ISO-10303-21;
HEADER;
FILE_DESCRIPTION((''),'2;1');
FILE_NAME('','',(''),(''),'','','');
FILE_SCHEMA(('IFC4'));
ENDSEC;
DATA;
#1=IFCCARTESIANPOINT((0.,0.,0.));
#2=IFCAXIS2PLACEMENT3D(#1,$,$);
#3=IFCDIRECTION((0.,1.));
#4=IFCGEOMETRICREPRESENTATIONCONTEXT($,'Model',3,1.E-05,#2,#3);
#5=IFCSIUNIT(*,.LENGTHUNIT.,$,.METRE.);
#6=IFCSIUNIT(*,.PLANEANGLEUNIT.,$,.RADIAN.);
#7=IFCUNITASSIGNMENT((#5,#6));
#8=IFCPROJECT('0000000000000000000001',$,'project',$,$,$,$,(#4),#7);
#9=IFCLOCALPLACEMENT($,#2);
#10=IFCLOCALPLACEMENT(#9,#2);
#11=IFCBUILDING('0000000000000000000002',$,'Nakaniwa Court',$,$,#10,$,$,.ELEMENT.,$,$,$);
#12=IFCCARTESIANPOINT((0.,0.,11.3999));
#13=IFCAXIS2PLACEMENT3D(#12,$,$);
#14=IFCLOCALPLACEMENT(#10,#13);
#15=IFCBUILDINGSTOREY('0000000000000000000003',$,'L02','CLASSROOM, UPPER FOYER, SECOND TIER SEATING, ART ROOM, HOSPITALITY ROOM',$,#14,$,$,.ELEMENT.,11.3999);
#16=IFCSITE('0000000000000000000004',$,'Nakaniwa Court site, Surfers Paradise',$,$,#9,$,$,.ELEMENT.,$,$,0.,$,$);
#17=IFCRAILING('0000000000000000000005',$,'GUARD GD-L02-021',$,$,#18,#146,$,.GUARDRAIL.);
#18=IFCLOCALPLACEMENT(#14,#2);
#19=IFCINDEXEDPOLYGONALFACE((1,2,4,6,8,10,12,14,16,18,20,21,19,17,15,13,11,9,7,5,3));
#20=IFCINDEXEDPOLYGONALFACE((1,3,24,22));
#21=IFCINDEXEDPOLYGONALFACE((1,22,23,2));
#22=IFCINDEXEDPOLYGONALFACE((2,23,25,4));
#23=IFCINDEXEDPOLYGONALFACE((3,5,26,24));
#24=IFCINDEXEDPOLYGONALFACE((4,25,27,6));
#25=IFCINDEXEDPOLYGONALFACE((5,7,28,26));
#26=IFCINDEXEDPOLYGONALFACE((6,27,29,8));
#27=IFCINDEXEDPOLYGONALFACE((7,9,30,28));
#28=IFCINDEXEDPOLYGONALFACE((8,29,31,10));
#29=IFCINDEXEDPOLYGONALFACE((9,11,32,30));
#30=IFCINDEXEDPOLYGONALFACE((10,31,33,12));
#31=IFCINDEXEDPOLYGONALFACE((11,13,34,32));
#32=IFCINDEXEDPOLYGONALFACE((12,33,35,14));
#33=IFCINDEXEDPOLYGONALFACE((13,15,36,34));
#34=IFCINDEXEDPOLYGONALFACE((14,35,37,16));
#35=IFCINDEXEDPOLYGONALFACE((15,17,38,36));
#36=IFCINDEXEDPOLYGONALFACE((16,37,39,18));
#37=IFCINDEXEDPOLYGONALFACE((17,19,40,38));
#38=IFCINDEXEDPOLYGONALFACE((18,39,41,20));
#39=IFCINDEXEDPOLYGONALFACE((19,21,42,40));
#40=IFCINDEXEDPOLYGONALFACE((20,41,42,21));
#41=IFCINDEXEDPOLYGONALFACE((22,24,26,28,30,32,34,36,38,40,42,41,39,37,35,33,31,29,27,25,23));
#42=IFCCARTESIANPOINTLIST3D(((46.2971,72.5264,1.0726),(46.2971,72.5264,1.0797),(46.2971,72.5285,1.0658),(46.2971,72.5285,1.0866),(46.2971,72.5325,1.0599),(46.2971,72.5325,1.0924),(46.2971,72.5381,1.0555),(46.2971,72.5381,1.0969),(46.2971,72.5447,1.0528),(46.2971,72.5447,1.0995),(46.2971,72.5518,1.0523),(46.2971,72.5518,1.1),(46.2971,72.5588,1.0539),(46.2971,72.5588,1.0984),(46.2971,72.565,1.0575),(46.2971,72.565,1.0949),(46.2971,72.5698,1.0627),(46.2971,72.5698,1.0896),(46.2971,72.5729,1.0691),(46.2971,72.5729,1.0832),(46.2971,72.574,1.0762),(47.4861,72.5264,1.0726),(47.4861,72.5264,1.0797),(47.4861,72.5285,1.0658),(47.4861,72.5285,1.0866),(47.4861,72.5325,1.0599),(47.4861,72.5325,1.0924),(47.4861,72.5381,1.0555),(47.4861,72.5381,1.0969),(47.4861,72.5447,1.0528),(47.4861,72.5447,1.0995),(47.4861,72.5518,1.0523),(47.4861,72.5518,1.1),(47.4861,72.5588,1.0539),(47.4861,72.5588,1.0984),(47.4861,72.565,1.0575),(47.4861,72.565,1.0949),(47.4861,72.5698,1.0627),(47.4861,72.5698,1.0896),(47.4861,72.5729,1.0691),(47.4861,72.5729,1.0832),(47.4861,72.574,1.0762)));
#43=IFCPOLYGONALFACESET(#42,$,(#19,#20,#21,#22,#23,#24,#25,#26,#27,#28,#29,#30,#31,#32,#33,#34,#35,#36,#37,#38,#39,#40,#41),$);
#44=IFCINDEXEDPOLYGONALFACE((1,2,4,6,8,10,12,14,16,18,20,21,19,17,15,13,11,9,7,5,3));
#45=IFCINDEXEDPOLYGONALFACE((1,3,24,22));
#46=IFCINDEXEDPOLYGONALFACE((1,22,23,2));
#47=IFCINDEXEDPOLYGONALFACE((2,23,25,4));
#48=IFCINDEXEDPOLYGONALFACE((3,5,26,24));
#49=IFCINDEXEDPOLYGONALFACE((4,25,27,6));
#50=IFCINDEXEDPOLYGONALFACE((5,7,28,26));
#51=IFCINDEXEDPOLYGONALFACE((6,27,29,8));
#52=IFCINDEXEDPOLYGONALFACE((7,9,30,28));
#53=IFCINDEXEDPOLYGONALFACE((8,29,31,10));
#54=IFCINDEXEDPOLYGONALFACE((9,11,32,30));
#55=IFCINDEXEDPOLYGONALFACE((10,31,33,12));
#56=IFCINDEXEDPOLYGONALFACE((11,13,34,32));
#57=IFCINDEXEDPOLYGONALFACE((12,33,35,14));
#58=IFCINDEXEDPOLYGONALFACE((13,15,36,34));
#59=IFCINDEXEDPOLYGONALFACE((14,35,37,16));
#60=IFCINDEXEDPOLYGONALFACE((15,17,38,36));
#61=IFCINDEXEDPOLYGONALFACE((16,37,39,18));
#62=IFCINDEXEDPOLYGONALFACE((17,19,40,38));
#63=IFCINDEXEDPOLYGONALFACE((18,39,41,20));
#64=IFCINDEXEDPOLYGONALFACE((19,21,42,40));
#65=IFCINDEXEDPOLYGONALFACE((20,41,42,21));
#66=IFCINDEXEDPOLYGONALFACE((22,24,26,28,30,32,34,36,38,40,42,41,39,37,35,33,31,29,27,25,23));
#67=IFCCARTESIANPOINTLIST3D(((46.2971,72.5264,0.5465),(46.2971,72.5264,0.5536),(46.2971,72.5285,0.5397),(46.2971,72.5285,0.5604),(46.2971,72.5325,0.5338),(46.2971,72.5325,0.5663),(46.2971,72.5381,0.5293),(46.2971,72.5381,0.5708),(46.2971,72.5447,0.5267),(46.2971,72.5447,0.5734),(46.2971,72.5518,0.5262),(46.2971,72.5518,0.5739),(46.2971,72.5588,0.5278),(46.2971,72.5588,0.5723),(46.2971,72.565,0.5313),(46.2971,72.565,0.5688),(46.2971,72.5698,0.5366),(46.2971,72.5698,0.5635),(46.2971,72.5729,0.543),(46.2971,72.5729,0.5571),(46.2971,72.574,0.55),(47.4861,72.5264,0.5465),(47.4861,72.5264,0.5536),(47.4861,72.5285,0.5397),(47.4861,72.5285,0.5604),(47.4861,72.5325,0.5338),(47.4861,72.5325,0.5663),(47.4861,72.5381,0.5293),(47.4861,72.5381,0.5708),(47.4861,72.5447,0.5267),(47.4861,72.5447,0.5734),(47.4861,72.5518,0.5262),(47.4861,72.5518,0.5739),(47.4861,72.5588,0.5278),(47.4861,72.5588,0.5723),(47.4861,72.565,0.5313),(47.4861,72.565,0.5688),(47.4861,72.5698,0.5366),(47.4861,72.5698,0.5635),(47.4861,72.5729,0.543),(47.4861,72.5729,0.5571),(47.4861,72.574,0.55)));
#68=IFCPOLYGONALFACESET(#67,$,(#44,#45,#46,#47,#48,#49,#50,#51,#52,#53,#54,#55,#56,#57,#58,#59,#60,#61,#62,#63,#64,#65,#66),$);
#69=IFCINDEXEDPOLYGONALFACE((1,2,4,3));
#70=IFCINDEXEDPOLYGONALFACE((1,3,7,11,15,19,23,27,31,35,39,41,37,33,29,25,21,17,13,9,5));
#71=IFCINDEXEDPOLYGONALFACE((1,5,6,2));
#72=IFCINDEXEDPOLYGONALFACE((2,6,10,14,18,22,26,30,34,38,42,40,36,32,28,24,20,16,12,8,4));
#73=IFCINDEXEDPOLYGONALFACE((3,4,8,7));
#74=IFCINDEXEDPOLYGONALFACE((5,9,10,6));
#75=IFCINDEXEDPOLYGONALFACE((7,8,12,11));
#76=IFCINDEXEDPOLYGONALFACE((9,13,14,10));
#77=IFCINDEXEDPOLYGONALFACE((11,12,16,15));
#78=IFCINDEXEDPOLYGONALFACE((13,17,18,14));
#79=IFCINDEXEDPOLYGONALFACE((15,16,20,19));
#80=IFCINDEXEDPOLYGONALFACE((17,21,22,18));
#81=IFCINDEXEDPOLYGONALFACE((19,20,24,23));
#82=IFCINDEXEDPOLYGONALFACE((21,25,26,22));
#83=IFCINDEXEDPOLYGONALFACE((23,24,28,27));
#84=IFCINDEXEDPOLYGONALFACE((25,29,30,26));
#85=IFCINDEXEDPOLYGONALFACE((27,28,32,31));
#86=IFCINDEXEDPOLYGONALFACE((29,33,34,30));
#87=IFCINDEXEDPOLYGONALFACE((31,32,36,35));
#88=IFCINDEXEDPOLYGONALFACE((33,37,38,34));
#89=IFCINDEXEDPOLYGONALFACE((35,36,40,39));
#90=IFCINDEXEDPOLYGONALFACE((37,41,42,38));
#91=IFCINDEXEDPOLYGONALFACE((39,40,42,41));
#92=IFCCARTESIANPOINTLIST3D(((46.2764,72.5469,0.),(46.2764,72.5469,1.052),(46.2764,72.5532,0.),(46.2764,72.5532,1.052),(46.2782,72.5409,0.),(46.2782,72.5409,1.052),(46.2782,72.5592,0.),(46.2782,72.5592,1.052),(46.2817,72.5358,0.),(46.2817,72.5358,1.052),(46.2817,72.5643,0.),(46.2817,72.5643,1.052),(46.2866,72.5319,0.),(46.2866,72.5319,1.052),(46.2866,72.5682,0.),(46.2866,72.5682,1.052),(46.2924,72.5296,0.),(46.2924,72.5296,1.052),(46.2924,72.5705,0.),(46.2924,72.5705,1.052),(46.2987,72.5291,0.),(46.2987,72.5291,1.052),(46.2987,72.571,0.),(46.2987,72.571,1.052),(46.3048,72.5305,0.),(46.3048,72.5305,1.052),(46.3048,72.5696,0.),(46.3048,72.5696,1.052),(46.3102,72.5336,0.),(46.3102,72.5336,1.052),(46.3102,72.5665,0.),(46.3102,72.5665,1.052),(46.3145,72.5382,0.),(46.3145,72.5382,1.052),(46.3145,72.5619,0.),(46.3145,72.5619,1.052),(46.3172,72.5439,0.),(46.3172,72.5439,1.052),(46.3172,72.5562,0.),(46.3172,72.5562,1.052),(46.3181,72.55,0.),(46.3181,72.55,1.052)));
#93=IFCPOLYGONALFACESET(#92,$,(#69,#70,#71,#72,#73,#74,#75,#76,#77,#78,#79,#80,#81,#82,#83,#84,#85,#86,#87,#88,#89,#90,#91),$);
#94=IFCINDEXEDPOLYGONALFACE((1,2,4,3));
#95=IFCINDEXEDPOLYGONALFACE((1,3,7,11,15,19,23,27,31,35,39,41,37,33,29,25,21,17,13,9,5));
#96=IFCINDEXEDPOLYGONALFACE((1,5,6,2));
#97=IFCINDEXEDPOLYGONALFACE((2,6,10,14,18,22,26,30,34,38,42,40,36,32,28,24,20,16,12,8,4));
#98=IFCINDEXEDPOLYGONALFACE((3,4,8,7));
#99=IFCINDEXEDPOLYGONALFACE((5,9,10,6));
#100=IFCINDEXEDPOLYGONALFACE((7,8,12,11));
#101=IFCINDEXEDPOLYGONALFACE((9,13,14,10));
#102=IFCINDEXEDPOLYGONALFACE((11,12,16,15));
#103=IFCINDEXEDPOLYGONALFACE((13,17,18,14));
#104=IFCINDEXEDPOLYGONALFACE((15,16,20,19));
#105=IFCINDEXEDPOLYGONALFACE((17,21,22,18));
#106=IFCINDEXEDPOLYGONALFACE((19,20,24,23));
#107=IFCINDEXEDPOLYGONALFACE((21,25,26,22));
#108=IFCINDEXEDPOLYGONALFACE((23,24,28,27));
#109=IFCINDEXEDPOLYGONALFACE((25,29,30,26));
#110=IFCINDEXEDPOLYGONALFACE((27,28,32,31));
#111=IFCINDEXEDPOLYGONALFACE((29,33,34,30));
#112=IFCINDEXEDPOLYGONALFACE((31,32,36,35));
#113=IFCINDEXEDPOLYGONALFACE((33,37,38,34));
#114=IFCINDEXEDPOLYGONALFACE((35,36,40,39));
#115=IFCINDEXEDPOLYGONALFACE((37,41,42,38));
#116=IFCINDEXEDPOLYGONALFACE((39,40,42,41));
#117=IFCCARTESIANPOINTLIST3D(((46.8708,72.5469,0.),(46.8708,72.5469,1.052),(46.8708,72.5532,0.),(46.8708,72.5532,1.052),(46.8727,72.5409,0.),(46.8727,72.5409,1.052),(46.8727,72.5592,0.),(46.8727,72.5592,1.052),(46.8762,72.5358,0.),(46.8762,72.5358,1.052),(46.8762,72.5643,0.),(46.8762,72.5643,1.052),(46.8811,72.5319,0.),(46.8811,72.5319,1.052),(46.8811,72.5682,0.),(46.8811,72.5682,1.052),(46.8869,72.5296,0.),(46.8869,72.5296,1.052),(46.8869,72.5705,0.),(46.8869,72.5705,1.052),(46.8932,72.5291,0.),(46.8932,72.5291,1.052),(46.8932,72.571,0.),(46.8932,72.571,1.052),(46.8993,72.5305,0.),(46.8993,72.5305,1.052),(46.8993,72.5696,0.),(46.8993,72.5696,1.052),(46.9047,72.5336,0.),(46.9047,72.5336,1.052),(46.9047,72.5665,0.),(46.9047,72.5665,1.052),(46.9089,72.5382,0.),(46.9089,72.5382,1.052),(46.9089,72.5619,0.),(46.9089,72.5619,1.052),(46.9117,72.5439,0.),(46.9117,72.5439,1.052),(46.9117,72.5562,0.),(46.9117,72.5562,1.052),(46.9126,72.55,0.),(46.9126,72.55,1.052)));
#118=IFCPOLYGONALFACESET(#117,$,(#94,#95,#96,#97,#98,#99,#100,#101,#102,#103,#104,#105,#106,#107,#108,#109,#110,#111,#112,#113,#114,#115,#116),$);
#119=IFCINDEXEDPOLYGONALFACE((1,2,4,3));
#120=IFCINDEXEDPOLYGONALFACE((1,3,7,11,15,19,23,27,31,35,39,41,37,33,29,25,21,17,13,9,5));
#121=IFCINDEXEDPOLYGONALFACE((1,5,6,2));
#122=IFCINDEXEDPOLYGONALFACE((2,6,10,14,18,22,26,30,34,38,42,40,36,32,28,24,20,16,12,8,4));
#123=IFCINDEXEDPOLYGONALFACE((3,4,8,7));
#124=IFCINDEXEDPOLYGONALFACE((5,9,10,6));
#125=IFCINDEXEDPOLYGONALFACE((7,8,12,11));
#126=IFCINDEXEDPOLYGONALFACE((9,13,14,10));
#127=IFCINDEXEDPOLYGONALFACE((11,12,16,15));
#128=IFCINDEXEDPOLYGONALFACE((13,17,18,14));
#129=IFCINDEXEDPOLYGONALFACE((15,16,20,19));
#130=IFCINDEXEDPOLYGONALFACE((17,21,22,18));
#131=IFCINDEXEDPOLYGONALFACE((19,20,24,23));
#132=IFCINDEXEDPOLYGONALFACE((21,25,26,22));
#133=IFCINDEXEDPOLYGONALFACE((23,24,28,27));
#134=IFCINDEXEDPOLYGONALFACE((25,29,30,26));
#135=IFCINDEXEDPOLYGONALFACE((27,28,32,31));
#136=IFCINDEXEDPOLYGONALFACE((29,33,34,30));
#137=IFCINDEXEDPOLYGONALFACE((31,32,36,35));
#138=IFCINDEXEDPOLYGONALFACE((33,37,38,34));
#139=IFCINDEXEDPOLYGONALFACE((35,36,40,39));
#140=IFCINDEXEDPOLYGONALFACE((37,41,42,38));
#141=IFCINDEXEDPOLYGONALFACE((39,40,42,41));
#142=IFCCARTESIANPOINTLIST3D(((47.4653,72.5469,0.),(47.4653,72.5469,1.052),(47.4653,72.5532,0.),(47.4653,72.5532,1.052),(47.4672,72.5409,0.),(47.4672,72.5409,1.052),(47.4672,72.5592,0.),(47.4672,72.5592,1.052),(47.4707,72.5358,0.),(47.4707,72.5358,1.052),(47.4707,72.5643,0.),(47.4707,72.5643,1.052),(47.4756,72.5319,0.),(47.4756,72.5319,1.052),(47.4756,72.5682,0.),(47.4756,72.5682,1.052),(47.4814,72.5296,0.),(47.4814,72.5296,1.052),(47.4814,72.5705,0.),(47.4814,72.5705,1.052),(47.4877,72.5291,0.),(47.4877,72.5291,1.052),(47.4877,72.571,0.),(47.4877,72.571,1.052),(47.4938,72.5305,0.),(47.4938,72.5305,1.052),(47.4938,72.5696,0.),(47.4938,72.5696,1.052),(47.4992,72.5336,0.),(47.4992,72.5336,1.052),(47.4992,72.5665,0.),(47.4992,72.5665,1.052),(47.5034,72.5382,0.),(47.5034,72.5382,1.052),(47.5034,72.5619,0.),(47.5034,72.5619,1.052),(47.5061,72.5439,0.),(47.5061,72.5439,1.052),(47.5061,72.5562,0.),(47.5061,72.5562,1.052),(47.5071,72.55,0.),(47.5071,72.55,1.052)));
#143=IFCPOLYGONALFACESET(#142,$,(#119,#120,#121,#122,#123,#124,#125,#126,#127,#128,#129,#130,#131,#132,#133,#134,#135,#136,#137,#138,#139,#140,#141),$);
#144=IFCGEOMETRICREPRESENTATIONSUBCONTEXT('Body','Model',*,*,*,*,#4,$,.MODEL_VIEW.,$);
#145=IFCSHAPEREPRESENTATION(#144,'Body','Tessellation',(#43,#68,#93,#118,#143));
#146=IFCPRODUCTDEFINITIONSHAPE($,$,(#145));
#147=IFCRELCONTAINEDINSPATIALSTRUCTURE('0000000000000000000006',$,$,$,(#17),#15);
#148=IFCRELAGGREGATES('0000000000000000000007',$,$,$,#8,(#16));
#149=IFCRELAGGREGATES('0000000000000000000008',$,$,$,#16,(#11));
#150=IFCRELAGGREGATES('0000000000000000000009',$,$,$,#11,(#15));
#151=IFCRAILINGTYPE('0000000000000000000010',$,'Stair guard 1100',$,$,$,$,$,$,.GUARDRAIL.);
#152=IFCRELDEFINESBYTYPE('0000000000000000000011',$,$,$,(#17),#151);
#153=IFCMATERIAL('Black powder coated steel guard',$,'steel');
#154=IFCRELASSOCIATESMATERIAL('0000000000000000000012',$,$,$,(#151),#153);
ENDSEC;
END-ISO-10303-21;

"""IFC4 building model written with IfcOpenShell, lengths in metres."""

from ifc_helpers import new_model, si_unit, direction, frame, origin, origin_2d, place, context, subcontext, project, spatial, circle, extrude, material, type_object, element, save


model = new_model("IFC4")

# Units and contexts
model_context = context("Model", 3, precision=1e-05, world=origin(), true_north=direction((0.0, 1.0)))
body_context = subcontext(model_context, "Body", "Model", "MODEL_VIEW")
ifc_project = project(units=[si_unit("LENGTHUNIT", "METRE"), si_unit("PLANEANGLEUNIT", "RADIAN")], contexts=[model_context])

# Site, building, storey
site_placement = place(None, origin())
site = spatial("IfcSite", under=ifc_project, at=site_placement, Name="Nakaniwa Court site, Surfers Paradise", CompositionType="ELEMENT", RefElevation=0.0)
building_placement = place(site_placement, origin())
building = spatial("IfcBuilding", under=site, at=building_placement, Name="Nakaniwa Court", CompositionType="ELEMENT")
storey_placement = place(building_placement, frame((0.0, 0.0, 11.3999)))
storey = spatial("IfcBuildingStorey", under=building, at=storey_placement, Name="L02", Description="CLASSROOM, UPPER FOYER, SECOND TIER SEATING, ART ROOM, HOSPITALITY ROOM", CompositionType="ELEMENT", Elevation=11.3999)

# Railing
ifc_material_1 = material(Name="Black powder coated steel guard", Category="steel")
railing_type_1 = type_object("IfcRailingType", Name="Stair guard 1100", PredefinedType="GUARDRAIL", material=ifc_material_1)
railing_1_placement = place(storey_placement, frame((46.2971, 72.55, 0.0)))
element("IfcRailing", 1, at=railing_1_placement, inside=storey, type_object=railing_type_1, Name="GUARD GD-L02-021", PredefinedType="GUARDRAIL", context=body_context, shape_type="SweptSolid", body=[
    extrude(circle(Radius=0.0239, at=origin_2d()), frame((0.0, 0.0, 1.0762), z_axis=(1.0, 0.0, 0.0), x_axis=(0.0, 1.0, 0.0)), (0.0, 0.0, 1.0), 1.189),
    extrude(circle(Radius=0.0239, at=origin_2d()), frame((0.0, 0.0, 0.55), z_axis=(1.0, 0.0, 0.0), x_axis=(0.0, 1.0, 0.0)), (0.0, 0.0, 1.0), 1.189),
    extrude(circle(Radius=0.021, at=origin_2d()), origin(), (0.0, 0.0, 1.0), 1.052),
    extrude(circle(Radius=0.021, at=origin_2d()), frame((0.5945, 0.0, 0.0)), (0.0, 0.0, 1.0), 1.052),
    extrude(circle(Radius=0.021, at=origin_2d()), frame((1.189, 0.0, 0.0)), (0.0, 0.0, 1.0), 1.052),
])

save(model, "model.ifc")
